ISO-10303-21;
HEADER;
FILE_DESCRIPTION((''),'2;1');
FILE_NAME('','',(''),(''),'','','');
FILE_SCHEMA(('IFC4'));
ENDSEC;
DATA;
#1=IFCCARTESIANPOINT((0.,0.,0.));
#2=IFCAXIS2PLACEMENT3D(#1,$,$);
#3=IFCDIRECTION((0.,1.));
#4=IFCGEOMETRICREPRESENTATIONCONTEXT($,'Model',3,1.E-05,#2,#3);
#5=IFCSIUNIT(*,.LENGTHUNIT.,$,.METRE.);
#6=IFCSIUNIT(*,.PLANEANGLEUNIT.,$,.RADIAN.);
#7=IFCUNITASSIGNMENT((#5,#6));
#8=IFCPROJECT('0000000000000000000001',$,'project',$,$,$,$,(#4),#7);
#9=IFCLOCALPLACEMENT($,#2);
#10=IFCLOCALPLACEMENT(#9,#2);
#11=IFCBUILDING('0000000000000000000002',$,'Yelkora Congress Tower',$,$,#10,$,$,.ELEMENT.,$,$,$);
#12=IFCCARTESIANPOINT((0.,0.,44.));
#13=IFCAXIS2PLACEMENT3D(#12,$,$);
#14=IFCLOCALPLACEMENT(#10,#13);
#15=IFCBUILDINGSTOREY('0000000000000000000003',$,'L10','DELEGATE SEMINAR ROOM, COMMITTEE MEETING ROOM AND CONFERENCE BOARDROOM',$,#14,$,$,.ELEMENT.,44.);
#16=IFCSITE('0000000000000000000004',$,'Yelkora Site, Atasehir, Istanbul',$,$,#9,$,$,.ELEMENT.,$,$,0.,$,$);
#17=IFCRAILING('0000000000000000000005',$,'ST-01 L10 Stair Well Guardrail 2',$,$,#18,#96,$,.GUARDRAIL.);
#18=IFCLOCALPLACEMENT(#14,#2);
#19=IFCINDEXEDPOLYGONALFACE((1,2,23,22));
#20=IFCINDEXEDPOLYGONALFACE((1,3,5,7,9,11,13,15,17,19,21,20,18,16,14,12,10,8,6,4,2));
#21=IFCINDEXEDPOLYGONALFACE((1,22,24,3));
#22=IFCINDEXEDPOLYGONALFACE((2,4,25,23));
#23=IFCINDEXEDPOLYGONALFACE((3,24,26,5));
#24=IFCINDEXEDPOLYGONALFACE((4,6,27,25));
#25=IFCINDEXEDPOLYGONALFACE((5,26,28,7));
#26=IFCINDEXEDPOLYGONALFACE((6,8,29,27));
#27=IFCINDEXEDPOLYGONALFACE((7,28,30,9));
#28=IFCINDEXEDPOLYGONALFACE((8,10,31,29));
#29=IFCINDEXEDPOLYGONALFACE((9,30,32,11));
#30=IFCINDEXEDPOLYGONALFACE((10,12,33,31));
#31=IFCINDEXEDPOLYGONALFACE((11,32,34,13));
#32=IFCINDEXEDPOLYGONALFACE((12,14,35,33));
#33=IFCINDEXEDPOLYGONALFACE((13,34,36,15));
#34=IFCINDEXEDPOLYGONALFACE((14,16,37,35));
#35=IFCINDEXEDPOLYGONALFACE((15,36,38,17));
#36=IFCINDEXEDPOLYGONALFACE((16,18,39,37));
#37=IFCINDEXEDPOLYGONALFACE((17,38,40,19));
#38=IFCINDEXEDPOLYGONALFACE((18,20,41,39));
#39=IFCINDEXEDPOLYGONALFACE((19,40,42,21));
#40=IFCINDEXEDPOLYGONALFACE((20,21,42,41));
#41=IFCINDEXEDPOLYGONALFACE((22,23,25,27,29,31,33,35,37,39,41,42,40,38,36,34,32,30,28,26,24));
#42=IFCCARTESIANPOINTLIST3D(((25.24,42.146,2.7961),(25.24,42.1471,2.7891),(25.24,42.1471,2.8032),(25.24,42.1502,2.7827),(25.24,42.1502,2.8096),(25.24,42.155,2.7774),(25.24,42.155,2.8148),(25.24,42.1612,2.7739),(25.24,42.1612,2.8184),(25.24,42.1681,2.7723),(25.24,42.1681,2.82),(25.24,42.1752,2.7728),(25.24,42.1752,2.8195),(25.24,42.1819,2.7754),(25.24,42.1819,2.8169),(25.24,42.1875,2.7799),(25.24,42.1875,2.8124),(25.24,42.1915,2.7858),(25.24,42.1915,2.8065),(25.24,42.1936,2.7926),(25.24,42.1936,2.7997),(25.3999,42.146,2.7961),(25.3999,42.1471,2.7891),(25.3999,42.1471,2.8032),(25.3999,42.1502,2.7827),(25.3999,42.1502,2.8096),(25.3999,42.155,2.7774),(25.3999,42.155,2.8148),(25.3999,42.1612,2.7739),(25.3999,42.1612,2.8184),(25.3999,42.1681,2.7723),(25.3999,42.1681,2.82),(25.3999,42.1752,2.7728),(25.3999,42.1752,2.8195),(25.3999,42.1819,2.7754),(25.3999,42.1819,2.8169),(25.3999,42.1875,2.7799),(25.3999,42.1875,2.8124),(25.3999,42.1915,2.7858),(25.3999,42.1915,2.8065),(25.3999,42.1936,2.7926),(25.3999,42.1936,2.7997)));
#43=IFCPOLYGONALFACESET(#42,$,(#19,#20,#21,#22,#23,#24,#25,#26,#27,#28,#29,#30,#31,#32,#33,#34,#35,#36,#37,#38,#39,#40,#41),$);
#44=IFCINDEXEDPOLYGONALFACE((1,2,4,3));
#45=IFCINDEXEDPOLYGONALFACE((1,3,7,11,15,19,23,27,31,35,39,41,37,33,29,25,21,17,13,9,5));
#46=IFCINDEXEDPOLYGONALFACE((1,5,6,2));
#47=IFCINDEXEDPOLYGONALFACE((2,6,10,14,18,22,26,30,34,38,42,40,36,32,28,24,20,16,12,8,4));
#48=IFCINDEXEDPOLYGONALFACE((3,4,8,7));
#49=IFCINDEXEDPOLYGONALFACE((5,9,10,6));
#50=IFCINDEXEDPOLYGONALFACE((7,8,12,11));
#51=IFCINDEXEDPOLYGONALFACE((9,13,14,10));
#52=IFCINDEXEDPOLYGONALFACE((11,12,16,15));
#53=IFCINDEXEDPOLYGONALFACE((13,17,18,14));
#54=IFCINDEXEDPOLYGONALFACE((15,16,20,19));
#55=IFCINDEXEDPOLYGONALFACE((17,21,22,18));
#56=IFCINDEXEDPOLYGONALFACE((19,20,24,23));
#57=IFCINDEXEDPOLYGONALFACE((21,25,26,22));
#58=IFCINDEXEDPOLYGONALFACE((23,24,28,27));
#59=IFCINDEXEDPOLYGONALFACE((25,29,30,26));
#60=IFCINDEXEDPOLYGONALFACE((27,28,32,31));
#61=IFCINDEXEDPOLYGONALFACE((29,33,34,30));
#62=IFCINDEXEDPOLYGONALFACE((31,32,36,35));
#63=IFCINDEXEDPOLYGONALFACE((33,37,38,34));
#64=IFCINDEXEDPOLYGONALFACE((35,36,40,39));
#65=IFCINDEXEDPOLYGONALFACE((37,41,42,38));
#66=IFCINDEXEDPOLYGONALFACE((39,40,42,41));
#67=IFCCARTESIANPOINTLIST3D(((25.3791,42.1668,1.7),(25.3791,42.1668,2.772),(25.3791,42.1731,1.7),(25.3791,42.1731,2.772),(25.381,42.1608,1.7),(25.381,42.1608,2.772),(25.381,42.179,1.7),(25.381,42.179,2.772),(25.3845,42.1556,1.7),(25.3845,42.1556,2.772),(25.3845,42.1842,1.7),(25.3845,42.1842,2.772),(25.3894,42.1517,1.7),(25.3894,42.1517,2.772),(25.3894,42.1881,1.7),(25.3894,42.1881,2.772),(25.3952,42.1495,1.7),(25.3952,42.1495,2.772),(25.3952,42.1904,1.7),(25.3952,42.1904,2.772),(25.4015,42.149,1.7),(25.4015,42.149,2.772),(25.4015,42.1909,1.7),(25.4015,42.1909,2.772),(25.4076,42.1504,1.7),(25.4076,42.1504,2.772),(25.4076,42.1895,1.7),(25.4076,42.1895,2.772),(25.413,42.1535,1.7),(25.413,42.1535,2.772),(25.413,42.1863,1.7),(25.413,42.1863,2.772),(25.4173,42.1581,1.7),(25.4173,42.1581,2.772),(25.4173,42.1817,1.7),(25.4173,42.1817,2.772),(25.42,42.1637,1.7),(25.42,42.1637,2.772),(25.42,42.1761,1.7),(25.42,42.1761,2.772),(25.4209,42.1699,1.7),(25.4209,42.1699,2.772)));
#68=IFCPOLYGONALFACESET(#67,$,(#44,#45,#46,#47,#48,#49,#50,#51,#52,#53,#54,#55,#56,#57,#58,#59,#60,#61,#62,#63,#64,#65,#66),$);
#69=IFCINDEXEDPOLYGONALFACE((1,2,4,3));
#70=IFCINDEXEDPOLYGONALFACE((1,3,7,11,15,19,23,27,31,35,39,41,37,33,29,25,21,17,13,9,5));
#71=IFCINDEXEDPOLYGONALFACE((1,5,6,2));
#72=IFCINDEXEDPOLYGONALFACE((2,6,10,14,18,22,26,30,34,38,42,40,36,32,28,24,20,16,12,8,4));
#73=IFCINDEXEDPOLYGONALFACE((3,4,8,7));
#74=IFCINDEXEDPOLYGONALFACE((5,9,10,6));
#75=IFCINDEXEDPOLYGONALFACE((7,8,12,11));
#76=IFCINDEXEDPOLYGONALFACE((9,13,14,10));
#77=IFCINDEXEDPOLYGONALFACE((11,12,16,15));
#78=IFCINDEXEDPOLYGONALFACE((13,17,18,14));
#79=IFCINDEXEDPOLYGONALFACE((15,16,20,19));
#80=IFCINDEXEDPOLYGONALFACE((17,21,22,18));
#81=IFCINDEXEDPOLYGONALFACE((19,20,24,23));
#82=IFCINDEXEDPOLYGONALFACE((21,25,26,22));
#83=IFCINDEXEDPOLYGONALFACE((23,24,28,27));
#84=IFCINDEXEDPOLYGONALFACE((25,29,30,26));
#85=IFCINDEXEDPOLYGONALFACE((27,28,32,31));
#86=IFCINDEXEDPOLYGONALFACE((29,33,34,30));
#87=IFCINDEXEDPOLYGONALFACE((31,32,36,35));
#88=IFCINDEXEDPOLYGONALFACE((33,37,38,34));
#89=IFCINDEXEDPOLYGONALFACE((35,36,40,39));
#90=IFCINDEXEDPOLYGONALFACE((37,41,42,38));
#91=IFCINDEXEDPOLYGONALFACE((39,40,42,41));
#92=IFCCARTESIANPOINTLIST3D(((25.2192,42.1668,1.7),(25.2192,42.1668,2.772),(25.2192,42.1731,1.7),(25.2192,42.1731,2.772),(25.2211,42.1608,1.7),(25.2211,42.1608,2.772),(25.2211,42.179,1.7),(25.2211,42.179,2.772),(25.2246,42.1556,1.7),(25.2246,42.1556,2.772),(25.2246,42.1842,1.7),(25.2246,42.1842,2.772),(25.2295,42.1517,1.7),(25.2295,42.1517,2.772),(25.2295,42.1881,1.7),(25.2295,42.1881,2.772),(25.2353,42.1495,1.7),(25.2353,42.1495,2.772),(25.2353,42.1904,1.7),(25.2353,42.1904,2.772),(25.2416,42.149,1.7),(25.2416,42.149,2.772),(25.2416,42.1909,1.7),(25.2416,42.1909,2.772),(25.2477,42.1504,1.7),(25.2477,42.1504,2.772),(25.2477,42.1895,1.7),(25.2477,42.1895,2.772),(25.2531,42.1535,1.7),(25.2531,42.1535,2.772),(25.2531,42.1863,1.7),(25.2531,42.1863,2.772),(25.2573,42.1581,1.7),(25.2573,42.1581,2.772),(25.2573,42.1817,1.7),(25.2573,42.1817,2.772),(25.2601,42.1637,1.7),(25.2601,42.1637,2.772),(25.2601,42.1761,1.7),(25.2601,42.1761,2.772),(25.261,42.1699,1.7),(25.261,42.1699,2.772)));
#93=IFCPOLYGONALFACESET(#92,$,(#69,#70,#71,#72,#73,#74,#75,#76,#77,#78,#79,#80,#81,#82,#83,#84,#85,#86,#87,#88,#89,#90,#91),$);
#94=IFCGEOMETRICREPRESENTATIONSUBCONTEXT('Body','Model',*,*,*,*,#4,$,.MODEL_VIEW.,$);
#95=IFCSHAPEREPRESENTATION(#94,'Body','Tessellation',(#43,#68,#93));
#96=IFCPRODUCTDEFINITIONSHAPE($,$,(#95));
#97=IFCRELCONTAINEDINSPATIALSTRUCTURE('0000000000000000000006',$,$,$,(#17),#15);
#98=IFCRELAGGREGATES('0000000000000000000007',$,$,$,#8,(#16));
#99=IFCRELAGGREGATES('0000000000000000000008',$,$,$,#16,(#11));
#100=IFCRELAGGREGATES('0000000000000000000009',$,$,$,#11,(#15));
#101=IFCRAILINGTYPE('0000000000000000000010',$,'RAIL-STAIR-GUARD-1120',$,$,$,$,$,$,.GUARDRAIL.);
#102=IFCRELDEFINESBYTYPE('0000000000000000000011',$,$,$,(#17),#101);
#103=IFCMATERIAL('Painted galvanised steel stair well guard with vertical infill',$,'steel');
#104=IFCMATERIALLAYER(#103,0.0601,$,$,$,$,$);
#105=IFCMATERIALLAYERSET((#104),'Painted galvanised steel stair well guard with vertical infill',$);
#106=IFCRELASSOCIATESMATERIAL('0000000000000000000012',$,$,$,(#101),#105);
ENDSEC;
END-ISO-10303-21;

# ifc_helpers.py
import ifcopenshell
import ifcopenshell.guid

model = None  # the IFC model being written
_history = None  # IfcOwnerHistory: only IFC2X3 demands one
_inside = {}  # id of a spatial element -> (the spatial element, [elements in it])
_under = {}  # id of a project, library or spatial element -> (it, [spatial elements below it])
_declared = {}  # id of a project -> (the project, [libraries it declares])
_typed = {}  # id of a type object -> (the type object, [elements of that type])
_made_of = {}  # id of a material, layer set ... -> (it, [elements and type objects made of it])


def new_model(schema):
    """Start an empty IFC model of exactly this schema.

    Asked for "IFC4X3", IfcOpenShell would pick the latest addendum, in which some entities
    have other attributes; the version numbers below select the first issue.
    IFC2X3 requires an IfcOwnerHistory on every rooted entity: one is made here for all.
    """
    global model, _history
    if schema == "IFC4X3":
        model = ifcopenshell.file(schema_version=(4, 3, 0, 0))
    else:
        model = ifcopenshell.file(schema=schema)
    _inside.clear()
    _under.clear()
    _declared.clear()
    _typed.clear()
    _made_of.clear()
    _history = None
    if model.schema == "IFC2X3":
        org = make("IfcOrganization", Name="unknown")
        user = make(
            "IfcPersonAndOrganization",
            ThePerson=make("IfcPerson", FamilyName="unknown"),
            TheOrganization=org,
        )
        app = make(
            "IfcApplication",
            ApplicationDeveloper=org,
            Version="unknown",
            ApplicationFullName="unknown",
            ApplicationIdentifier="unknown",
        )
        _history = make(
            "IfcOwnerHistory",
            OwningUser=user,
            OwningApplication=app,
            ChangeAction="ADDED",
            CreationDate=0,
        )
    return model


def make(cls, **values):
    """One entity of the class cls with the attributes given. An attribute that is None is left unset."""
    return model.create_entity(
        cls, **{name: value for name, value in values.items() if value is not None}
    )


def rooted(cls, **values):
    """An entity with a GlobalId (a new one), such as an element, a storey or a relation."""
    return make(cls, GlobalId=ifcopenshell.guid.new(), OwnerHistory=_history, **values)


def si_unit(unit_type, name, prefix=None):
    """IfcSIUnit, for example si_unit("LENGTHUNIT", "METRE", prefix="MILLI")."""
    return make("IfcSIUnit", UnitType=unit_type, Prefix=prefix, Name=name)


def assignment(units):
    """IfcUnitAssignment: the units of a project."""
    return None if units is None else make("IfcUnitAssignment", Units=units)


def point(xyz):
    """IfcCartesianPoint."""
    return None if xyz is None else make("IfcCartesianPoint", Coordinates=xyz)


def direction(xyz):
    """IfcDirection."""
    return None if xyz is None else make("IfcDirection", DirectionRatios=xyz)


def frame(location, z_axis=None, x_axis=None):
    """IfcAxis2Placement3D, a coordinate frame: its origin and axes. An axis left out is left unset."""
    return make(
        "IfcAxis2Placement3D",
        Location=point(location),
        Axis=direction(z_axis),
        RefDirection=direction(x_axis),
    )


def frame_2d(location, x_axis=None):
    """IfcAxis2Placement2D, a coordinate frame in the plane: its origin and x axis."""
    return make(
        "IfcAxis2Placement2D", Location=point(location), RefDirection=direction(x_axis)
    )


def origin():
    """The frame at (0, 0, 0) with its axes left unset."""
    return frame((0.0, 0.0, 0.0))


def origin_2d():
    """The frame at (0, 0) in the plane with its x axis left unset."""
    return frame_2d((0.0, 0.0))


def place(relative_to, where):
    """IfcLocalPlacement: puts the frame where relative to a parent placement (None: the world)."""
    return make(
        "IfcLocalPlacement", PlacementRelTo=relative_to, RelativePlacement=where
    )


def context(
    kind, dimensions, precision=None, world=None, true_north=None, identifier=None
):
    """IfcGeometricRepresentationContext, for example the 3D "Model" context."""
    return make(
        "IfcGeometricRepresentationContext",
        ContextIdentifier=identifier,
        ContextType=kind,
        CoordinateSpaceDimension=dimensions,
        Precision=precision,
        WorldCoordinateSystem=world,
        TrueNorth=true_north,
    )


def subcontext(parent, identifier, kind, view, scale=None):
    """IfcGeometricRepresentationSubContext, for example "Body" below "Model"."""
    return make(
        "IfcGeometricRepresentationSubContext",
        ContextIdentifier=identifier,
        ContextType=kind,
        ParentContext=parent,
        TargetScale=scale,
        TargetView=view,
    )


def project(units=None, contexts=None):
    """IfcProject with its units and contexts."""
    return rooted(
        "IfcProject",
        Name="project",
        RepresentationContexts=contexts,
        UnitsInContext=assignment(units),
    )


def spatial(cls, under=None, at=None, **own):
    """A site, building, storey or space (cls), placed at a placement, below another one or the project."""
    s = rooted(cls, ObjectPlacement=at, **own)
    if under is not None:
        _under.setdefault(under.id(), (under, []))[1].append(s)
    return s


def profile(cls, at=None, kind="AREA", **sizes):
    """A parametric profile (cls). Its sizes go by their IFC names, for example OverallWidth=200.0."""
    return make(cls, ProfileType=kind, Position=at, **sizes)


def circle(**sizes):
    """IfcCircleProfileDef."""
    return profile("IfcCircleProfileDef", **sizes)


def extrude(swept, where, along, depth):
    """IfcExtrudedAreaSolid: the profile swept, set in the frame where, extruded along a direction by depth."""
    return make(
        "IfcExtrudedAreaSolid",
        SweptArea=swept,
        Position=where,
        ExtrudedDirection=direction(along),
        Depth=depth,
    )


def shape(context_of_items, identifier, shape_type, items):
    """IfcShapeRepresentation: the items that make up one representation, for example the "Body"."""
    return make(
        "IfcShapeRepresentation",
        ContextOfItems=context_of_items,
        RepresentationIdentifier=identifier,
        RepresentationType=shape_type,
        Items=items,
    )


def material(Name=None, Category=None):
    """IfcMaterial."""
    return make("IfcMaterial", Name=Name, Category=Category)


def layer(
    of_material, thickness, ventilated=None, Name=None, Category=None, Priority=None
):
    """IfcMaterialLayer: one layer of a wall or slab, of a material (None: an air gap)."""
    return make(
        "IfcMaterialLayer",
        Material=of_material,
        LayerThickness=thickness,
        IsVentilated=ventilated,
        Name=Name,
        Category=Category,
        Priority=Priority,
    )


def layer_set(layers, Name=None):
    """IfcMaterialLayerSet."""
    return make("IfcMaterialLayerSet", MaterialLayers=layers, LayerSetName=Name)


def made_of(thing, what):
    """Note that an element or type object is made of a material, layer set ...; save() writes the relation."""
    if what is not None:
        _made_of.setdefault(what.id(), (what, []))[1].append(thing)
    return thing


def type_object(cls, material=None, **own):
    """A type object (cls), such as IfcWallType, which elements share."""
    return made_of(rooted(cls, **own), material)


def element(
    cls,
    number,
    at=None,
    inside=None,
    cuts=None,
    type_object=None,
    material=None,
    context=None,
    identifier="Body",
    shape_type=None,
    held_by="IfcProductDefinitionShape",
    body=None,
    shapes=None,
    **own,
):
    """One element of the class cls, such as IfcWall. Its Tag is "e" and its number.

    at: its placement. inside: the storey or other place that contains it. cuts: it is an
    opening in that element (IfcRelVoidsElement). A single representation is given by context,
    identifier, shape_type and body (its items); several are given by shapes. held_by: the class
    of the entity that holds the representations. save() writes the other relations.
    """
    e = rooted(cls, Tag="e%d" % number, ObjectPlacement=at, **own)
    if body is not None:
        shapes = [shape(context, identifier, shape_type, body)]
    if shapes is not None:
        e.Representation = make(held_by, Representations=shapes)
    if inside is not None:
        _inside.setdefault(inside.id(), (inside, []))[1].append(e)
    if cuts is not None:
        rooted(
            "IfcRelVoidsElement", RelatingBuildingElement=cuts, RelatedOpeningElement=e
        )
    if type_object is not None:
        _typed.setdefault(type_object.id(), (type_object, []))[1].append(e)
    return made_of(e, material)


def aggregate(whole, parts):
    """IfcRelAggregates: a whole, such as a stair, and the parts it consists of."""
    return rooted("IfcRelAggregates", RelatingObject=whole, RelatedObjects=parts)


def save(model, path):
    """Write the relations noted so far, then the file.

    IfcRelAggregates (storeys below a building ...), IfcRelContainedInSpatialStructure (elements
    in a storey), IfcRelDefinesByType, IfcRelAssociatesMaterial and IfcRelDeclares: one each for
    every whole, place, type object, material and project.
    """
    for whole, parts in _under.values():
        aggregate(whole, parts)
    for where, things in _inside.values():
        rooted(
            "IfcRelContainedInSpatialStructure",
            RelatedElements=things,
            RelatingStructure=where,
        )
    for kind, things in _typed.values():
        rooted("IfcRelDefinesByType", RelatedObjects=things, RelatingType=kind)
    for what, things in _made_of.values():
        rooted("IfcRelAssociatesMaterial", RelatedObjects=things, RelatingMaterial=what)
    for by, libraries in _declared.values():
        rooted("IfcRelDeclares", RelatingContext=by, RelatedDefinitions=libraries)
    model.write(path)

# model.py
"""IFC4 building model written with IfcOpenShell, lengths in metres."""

from ifc_helpers import new_model, si_unit, direction, frame, origin, origin_2d, place, context, subcontext, project, spatial, circle, extrude, material, layer, layer_set, type_object, element, save


model = new_model("IFC4")

# Units and contexts
model_context = context("Model", 3, precision=1e-05, world=origin(), true_north=direction((0.0, 1.0)))
body_context = subcontext(model_context, "Body", "Model", "MODEL_VIEW")
ifc_project = project(units=[si_unit("LENGTHUNIT", "METRE"), si_unit("PLANEANGLEUNIT", "RADIAN")], contexts=[model_context])

# Site, building, storey
site_placement = place(None, origin())
site = spatial("IfcSite", under=ifc_project, at=site_placement, Name="Yelkora Site, Atasehir, Istanbul", CompositionType="ELEMENT", RefElevation=0.0)
building_placement = place(site_placement, origin())
building = spatial("IfcBuilding", under=site, at=building_placement, Name="Yelkora Congress Tower", CompositionType="ELEMENT")
storey_placement = place(building_placement, frame((0.0, 0.0, 44.0)))
storey = spatial("IfcBuildingStorey", under=building, at=storey_placement, Name="L10", Description="DELEGATE SEMINAR ROOM, COMMITTEE MEETING ROOM AND CONFERENCE BOARDROOM", CompositionType="ELEMENT", Elevation=44.0)

# Railing
ifc_material_1 = material(Name="Painted galvanised steel stair well guard with vertical infill", Category="steel")
ifc_layer_1 = layer(ifc_material_1, 0.0601)
ifc_layer_set_1 = layer_set([ifc_layer_1], Name="Painted galvanised steel stair well guard with vertical infill")
railing_type_1 = type_object("IfcRailingType", Name="RAIL-STAIR-GUARD-1120", PredefinedType="GUARDRAIL", material=ifc_layer_set_1)
railing_1_placement = place(storey_placement, frame((25.3999, 42.1699, 1.7)))
element("IfcRailing", 1, at=railing_1_placement, inside=storey, type_object=railing_type_1, Name="ST-01 L10 Stair Well Guardrail 2", PredefinedType="GUARDRAIL", context=body_context, shape_type="SweptSolid", body=[
    extrude(circle(Radius=0.0239, at=origin_2d()), frame((0.0, 0.0, 1.0962), z_axis=(-1.0, 0.0, 0.0), x_axis=(0.0, -1.0, 0.0)), (0.0, 0.0, 1.0), 0.1599),
    extrude(circle(Radius=0.021, at=origin_2d()), origin(), (0.0, 0.0, 1.0), 1.072),
    extrude(circle(Radius=0.021, at=origin_2d()), frame((-0.1599, 0.0, 0.0)), (0.0, 0.0, 1.0), 1.072),
])

save(model, "model.ifc")
